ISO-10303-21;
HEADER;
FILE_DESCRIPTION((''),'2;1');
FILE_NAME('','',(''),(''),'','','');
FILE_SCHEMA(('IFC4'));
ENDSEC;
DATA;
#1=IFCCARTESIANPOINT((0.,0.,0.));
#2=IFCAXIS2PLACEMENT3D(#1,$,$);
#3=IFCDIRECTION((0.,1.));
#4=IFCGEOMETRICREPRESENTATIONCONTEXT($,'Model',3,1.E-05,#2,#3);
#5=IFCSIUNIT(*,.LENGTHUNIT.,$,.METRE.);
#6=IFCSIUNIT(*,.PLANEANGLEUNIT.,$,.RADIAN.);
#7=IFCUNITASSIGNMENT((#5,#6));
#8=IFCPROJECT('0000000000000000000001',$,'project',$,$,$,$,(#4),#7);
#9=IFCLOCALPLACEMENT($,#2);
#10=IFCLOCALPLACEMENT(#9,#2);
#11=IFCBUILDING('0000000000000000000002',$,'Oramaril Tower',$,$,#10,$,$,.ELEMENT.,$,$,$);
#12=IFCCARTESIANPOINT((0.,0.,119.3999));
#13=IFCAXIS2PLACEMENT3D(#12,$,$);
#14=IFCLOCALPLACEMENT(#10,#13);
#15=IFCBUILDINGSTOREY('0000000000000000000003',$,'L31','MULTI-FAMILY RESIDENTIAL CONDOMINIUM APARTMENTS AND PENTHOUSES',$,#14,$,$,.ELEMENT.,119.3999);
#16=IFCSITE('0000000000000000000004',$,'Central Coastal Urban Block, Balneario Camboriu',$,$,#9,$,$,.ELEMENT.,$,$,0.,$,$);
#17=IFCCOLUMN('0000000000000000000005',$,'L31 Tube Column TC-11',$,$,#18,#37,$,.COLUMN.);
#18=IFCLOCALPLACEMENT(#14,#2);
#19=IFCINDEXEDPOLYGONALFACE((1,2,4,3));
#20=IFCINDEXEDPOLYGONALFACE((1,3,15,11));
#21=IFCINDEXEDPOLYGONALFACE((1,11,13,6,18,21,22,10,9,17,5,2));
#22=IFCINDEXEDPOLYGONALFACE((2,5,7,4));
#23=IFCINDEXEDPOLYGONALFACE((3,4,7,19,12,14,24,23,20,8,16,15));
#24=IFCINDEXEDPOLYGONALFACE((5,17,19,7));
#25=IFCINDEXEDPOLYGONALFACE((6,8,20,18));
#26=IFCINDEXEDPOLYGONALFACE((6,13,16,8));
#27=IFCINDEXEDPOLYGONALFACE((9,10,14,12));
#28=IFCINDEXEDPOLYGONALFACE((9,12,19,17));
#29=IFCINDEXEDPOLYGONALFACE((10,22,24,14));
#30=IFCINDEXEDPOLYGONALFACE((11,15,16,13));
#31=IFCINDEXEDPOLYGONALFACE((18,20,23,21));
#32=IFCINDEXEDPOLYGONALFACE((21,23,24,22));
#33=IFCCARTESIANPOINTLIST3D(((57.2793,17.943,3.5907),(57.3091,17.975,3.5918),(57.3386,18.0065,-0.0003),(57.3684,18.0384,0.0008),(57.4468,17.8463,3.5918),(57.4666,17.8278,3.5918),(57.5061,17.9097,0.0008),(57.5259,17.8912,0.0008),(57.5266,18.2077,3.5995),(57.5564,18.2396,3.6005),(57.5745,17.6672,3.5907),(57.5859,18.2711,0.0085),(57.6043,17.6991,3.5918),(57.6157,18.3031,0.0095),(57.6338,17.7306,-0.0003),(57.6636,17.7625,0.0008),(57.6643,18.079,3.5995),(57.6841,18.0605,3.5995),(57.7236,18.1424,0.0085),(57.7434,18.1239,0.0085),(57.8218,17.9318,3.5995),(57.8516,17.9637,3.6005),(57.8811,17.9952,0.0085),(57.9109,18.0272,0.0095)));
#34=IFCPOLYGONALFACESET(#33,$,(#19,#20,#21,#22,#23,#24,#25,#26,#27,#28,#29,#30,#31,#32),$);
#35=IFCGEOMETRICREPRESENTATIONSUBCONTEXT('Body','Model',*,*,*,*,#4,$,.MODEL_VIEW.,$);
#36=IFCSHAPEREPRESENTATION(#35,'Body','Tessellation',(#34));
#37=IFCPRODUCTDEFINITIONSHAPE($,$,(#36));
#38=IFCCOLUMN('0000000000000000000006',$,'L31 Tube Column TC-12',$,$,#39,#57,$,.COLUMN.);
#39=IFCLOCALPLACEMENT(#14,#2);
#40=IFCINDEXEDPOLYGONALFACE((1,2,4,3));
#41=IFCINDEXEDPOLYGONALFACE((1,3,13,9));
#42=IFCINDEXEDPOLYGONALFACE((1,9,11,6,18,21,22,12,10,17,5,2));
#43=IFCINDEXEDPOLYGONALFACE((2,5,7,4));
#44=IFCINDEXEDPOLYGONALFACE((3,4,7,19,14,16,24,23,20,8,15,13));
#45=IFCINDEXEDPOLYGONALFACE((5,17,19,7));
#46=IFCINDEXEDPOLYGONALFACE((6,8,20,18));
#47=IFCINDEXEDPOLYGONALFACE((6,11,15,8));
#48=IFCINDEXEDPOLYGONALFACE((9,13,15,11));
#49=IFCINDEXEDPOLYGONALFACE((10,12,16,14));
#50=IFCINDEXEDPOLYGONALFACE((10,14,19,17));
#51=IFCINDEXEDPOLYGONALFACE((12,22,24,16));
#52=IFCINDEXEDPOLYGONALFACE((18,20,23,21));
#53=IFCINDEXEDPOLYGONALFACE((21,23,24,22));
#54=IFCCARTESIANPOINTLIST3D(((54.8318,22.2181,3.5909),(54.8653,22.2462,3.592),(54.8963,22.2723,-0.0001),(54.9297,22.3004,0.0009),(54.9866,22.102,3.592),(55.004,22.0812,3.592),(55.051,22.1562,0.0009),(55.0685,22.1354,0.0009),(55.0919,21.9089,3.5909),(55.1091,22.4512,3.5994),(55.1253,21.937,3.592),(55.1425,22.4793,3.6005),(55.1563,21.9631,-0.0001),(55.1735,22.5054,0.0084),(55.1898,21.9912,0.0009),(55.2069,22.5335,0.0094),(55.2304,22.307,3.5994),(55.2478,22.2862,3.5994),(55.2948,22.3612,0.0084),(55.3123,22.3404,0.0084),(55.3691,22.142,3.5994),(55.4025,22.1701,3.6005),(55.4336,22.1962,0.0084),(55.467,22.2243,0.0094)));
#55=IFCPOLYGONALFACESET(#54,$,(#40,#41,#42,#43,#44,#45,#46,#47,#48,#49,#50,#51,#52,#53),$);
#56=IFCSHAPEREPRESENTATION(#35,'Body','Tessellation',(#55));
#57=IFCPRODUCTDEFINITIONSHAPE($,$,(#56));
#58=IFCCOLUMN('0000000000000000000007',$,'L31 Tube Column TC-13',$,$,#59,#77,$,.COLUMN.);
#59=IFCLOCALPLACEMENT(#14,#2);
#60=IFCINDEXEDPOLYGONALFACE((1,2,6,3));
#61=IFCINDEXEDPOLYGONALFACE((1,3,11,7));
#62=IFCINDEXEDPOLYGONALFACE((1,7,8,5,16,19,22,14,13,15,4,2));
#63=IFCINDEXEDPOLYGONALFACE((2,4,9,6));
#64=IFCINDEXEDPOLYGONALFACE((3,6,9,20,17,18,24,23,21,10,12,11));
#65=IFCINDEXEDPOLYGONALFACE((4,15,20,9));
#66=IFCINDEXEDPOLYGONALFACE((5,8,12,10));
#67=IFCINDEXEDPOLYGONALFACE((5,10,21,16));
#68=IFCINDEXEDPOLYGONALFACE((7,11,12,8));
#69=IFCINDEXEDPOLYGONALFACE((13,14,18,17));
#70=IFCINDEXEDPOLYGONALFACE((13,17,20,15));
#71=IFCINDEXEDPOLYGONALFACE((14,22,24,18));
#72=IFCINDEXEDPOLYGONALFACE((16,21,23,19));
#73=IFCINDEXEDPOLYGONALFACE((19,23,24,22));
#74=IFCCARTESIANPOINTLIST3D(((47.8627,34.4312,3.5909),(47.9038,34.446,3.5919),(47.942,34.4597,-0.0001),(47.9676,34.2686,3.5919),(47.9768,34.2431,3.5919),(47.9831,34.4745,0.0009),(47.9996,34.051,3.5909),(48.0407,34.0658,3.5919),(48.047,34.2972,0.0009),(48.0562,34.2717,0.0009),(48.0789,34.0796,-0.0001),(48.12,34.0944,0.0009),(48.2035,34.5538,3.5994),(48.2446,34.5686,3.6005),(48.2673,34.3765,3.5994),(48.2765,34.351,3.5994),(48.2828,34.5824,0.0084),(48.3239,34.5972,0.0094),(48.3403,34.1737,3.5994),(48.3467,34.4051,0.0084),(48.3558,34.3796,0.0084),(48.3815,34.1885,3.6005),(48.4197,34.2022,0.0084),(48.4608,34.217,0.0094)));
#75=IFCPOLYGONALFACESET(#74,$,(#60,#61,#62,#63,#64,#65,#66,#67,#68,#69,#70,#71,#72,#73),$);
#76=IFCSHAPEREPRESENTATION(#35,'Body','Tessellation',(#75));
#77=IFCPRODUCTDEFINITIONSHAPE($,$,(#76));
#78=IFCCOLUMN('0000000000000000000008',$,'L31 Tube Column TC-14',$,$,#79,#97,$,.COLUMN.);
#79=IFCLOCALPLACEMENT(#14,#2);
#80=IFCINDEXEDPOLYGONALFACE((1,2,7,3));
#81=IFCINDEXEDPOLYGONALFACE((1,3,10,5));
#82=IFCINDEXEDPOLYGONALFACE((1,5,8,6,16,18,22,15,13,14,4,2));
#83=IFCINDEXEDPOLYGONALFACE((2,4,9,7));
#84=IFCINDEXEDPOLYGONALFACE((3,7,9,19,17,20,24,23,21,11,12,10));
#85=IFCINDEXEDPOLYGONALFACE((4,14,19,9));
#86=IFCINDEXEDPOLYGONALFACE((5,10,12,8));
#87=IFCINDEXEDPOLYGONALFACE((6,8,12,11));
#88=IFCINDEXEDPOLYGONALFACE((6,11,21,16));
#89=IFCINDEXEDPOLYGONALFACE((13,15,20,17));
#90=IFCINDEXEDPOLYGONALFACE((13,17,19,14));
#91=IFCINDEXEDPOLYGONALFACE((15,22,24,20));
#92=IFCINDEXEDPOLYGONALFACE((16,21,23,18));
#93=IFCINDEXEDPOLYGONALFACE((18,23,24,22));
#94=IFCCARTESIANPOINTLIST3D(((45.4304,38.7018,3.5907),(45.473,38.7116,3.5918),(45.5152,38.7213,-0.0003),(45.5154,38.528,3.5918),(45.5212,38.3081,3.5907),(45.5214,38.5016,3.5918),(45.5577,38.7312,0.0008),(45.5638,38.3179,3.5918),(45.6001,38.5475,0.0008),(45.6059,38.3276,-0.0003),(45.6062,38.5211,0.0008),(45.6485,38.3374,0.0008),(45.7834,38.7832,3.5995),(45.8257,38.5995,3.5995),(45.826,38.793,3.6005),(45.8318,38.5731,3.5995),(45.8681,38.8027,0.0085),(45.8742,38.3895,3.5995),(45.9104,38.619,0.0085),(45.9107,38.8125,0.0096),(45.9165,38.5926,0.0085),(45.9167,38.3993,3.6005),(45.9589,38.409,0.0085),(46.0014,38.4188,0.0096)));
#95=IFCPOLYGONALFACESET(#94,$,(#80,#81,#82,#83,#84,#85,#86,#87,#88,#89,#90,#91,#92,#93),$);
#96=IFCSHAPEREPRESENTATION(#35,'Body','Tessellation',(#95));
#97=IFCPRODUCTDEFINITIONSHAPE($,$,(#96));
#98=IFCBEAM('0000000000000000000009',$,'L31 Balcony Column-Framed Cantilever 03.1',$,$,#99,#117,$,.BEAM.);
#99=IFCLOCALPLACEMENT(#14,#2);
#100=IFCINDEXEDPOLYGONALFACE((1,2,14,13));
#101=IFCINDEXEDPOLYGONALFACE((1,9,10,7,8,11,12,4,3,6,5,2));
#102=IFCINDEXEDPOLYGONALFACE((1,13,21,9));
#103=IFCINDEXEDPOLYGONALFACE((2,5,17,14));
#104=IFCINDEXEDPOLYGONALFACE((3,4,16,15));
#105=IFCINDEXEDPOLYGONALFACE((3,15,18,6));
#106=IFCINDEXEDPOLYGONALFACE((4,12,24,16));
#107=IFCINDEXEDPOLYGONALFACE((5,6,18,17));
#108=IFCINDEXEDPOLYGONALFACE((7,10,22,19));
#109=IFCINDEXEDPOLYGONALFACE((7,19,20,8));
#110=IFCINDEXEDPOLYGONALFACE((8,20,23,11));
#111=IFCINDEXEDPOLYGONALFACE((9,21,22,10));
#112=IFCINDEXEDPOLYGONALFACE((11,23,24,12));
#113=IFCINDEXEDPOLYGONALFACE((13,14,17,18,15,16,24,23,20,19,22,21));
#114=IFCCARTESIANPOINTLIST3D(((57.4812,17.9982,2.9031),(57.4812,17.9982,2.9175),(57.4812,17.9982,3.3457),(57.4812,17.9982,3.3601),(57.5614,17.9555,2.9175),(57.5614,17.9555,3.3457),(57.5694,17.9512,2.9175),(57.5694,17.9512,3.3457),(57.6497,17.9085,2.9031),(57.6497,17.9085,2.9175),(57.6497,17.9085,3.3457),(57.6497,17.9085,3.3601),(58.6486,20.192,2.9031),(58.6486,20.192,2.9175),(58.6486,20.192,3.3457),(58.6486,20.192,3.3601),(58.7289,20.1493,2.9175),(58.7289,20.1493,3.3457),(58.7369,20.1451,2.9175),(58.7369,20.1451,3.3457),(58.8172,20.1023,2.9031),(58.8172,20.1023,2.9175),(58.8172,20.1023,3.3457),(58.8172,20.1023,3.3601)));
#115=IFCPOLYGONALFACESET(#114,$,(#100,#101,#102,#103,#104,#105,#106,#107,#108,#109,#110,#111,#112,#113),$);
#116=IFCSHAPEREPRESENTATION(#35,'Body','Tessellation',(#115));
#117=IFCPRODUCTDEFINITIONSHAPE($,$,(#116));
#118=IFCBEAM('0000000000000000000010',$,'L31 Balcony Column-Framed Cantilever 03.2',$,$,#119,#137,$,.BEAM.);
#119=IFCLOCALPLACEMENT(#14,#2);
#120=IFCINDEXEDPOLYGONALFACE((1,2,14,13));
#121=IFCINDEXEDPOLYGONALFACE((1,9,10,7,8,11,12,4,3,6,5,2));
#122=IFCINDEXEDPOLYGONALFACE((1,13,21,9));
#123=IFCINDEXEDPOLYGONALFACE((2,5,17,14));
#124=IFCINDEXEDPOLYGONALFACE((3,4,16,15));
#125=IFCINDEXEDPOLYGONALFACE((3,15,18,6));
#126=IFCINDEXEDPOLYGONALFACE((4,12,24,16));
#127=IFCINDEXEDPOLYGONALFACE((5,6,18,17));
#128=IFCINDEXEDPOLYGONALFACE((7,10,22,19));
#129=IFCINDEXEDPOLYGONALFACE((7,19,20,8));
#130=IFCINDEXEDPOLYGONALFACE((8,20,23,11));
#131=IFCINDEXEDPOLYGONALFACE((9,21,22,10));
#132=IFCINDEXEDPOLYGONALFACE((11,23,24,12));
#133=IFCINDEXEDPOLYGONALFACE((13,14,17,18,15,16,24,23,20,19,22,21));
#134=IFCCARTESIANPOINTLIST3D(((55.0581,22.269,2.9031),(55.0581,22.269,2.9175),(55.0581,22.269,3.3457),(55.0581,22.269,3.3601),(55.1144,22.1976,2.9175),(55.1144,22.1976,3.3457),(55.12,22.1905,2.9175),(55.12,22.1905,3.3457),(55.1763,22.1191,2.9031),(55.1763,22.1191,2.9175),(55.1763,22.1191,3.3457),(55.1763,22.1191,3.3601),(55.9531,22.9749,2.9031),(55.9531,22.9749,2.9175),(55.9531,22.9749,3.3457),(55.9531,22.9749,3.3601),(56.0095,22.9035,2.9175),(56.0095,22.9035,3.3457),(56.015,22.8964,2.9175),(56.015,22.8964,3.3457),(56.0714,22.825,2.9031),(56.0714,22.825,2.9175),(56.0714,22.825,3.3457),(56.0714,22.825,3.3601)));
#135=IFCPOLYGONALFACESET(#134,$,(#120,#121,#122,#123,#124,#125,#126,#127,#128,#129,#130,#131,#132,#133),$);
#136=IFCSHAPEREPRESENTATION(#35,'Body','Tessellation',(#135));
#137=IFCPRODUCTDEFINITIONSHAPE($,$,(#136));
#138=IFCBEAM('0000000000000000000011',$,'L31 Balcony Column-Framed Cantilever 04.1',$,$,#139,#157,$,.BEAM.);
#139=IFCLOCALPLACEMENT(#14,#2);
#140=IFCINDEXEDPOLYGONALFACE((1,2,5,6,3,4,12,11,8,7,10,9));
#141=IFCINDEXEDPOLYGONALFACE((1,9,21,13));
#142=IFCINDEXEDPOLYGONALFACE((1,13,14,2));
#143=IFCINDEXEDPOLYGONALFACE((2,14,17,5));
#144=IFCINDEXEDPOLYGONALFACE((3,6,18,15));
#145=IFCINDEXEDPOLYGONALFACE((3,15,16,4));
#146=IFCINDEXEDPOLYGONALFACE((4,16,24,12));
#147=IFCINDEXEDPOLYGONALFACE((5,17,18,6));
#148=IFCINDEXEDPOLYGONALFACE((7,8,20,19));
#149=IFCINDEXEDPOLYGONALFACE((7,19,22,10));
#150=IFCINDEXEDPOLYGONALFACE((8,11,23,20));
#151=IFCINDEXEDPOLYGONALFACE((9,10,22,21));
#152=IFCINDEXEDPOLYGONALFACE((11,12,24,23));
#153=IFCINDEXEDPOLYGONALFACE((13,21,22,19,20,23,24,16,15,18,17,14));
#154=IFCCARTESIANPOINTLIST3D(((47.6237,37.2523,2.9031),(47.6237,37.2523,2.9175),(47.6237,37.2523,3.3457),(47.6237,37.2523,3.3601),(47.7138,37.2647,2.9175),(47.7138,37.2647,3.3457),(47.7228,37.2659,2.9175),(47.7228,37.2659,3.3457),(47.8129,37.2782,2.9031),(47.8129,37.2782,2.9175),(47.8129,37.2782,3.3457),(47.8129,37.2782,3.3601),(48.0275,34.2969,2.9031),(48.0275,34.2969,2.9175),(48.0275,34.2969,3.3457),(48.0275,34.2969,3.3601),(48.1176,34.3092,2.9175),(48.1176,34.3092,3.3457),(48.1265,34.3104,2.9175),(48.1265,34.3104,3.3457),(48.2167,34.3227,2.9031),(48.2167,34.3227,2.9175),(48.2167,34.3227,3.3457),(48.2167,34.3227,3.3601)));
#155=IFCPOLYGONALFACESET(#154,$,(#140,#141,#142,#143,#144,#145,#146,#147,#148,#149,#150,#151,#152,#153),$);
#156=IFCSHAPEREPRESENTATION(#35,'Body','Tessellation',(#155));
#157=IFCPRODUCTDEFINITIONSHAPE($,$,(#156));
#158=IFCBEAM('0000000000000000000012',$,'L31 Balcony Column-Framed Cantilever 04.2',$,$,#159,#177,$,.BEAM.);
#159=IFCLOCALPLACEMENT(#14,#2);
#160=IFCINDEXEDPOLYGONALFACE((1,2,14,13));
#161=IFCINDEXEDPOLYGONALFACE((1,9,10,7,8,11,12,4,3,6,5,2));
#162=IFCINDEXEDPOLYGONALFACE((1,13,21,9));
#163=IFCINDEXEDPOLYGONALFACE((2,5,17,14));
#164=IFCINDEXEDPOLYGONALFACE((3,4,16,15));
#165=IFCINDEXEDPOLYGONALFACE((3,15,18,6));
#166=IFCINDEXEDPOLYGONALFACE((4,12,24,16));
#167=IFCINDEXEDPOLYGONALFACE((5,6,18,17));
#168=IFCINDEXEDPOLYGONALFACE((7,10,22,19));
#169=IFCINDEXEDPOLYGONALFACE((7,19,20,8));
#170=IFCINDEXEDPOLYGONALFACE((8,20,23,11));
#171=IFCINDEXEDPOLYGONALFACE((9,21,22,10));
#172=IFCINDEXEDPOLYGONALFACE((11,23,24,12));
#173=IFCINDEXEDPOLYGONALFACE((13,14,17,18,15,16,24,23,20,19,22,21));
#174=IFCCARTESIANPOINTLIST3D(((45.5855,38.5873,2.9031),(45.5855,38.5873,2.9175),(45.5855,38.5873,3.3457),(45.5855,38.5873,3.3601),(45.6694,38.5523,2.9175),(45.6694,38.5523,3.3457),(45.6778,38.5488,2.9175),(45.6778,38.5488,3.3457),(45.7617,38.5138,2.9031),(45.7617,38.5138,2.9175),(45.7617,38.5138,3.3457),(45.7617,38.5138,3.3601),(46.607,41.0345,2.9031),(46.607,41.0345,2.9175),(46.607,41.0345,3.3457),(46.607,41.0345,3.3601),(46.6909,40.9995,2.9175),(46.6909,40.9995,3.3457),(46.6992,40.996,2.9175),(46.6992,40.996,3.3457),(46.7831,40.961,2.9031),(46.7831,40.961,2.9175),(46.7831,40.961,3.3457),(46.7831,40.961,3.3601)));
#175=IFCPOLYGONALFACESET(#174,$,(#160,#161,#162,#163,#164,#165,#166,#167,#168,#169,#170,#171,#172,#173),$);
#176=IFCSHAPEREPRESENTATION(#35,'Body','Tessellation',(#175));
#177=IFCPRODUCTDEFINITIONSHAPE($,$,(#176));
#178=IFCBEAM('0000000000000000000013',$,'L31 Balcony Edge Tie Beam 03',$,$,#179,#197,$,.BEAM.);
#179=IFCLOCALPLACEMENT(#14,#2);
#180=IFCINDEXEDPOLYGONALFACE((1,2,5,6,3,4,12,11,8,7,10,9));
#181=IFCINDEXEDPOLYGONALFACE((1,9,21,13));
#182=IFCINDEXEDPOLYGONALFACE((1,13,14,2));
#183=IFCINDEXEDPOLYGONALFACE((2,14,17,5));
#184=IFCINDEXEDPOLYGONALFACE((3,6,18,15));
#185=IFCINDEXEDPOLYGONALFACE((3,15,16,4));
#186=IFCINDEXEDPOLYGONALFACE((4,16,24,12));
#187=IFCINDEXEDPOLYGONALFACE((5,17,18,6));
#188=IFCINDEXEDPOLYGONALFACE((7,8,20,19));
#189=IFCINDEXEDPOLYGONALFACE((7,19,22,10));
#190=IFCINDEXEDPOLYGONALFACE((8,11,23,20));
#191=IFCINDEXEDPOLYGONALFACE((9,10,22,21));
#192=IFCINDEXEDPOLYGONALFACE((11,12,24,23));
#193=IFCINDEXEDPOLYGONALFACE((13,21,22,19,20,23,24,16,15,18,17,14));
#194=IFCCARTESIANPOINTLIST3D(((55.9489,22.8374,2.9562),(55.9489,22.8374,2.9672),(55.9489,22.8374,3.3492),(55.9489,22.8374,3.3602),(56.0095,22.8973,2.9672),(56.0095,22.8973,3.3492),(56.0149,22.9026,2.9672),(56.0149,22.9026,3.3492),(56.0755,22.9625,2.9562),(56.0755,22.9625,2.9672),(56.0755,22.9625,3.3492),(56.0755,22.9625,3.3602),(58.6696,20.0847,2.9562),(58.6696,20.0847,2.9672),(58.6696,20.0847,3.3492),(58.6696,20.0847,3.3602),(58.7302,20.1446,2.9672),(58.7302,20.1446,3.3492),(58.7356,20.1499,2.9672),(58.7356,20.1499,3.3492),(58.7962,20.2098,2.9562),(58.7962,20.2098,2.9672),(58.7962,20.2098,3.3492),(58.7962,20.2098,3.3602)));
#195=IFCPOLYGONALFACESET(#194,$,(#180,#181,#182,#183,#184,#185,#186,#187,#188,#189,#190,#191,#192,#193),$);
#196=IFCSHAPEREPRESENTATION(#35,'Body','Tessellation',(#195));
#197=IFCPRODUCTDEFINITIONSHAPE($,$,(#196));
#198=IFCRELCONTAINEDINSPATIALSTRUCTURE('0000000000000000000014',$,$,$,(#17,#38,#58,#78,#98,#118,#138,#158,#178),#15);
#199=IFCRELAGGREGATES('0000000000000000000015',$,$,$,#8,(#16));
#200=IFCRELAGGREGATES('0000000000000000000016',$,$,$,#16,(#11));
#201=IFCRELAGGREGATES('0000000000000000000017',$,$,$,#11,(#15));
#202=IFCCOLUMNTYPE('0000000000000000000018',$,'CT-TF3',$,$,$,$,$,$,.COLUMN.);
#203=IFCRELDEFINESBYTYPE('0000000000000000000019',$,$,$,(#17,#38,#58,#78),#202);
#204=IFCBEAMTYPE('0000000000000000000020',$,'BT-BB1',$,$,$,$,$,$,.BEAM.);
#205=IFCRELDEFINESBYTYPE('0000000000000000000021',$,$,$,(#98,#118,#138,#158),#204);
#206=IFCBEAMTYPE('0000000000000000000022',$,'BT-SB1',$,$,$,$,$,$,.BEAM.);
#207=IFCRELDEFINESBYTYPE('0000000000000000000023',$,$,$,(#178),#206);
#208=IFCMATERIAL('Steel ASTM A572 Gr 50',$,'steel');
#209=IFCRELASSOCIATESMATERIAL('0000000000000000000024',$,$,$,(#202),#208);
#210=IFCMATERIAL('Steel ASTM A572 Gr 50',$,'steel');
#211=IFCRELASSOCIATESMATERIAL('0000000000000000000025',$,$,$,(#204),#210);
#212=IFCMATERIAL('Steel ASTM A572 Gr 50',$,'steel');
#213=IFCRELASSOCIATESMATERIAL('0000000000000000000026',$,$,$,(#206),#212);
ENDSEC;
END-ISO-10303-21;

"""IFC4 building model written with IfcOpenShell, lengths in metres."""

from ifc_helpers import new_model, si_unit, direction, frame, origin, origin_2d, place, context, subcontext, project, spatial, i_section, extrude, material, material_profile, profile_set, type_object, element, save


model = new_model("IFC4")

# Units and contexts
model_context = context("Model", 3, precision=1e-05, world=origin(), true_north=direction((0.0, 1.0)))
body_context = subcontext(model_context, "Body", "Model", "MODEL_VIEW")
ifc_project = project(units=[si_unit("LENGTHUNIT", "METRE"), si_unit("PLANEANGLEUNIT", "RADIAN")], contexts=[model_context])

# Site, building, storey
site_placement = place(None, origin())
site = spatial("IfcSite", under=ifc_project, at=site_placement, Name="Central Coastal Urban Block, Balneario Camboriu", CompositionType="ELEMENT", RefElevation=0.0)
building_placement = place(site_placement, origin())
building = spatial("IfcBuilding", under=site, at=building_placement, Name="Oramaril Tower", CompositionType="ELEMENT")
storey_placement = place(building_placement, frame((0.0, 0.0, 119.3999)))
storey = spatial("IfcBuildingStorey", under=building, at=storey_placement, Name="L31", Description="MULTI-FAMILY RESIDENTIAL CONDOMINIUM APARTMENTS AND PENTHOUSES", CompositionType="ELEMENT", Elevation=119.3999)

# Columns
ifc_material_1 = material(Name="Steel ASTM A572 Gr 50", Category="steel")
ifc_material_profile_1 = material_profile(ifc_material_1, i_section(OverallWidth=0.4041, OverallDepth=0.406, WebThickness=0.0271, FlangeThickness=0.0437, at=origin_2d()), Name="W14X233")
ifc_profile_set_1 = profile_set([ifc_material_profile_1], Name="Steel ASTM A572 Gr 50")
column_type = type_object("IfcColumnType", Name="CT-TF3", PredefinedType="COLUMN", material=ifc_profile_set_1)
for number, where, z_axis, x_axis, name in (
    (1, (57.6248, 18.0168, 0.0046), (-0.016516, -0.017671, 0.999707), (0.730588, -0.682819, 0.0), "L31 Tube Column TC-11"),
    (2, (55.1816, 22.2483, 0.0046), (-0.017943, -0.015089, 0.999725), (0.6436, -0.765362, 0.0), "L31 Tube Column TC-12"),
    (3, (48.2014, 34.3384, 0.0046), (-0.022089, -0.007952, 0.999724), (0.338719, -0.940887, 0.0), "L31 Tube Column TC-13"),
    (4, (45.7583, 38.5701, 0.0046), (-0.023584, -0.005437, 0.999707), (0.224654, -0.974439, 0.0), "L31 Tube Column TC-14"),
):
    element("IfcColumn", number, at=place(storey_placement, frame(where, z_axis=z_axis, x_axis=x_axis)), inside=storey, type_object=column_type, Name=name, PredefinedType="COLUMN", context=body_context, shape_type="SweptSolid", body=[
        extrude(i_section(OverallWidth=0.4041, OverallDepth=0.406, WebThickness=0.0271, FlangeThickness=0.0437, at=origin_2d()), origin(), (0.0, 0.0, 1.0), 3.592),
    ])

# Beams
ifc_material_2 = material(Name="Steel ASTM A572 Gr 50", Category="steel")
ifc_material_profile_2 = material_profile(ifc_material_2, i_section(OverallWidth=0.1909, OverallDepth=0.457, WebThickness=0.009, FlangeThickness=0.0144, at=origin_2d()), Name="W18X50")
ifc_profile_set_2 = profile_set([ifc_material_profile_2], Name="Steel ASTM A572 Gr 50")
beam_type_1 = type_object("IfcBeamType", Name="BT-BB1", PredefinedType="BEAM", material=ifc_profile_set_2)
beam_1_placement = place(storey_placement, frame((57.5654, 17.9534, 3.1316), z_axis=(0.469782, 0.882782, 0.0), x_axis=(-0.882782, 0.469782, 0.0)))
element("IfcBeam", 5, at=beam_1_placement, inside=storey, type_object=beam_type_1, Name="L31 Balcony Column-Framed Cantilever 03.1", PredefinedType="BEAM", context=body_context, shape_type="SweptSolid", body=[
    extrude(i_section(OverallWidth=0.1909, OverallDepth=0.457, WebThickness=0.009, FlangeThickness=0.0144, at=origin_2d()), origin(), (0.0, 0.0, 1.0), 2.4851),
])
beam_2_placement = place(storey_placement, frame((55.1172, 22.1941, 3.1316), z_axis=(0.785217, 0.619221, 0.0), x_axis=(-0.619221, 0.785217, 0.0)))
element("IfcBeam", 6, at=beam_2_placement, inside=storey, type_object=beam_type_1, Name="L31 Balcony Column-Framed Cantilever 03.2", PredefinedType="BEAM", context=body_context, shape_type="SweptSolid", body=[
    extrude(i_section(OverallWidth=0.1909, OverallDepth=0.457, WebThickness=0.009, FlangeThickness=0.0144, at=origin_2d()), origin(), (0.0, 0.0, 1.0), 1.1399),
])
beam_3_placement = place(storey_placement, frame((48.1221, 34.3098, 3.1316), z_axis=(-0.135369, 0.990795, 0.0), x_axis=(-0.990795, -0.135369, 0.0)))
element("IfcBeam", 7, at=beam_3_placement, inside=storey, type_object=beam_type_1, Name="L31 Balcony Column-Framed Cantilever 04.1", PredefinedType="BEAM", context=body_context, shape_type="SweptSolid", body=[
    extrude(i_section(OverallWidth=0.1909, OverallDepth=0.457, WebThickness=0.009, FlangeThickness=0.0144, at=origin_2d()), origin(), (0.0, 0.0, 1.0), 2.9829),
])
beam_4_placement = place(storey_placement, frame((45.6736, 38.5505, 3.1316), z_axis=(0.385191, 0.922837, 0.0), x_axis=(-0.922837, 0.385191, 0.0)))
element("IfcBeam", 8, at=beam_4_placement, inside=storey, type_object=beam_type_1, Name="L31 Balcony Column-Framed Cantilever 04.2", PredefinedType="BEAM", context=body_context, shape_type="SweptSolid", body=[
    extrude(i_section(OverallWidth=0.1909, OverallDepth=0.457, WebThickness=0.009, FlangeThickness=0.0144, at=origin_2d()), origin(), (0.0, 0.0, 1.0), 2.6519),
])
ifc_material_3 = material(Name="Steel ASTM A572 Gr 50", Category="steel")
ifc_material_profile_3 = material_profile(ifc_material_3, i_section(OverallWidth=0.178, OverallDepth=0.4041, WebThickness=0.0076, FlangeThickness=0.011, at=origin_2d()), Name="W16X36")
ifc_profile_set_3 = profile_set([ifc_material_profile_3], Name="Steel ASTM A572 Gr 50")
beam_type_2 = type_object("IfcBeamType", Name="BT-SB1", PredefinedType="BEAM", material=ifc_profile_set_3)
beam_5_placement = place(storey_placement, frame((58.7329, 20.1472, 3.1582), z_axis=(-0.702963, 0.711226, 0.0), x_axis=(-0.711226, -0.702963, 0.0)))
element("IfcBeam", 9, at=beam_5_placement, inside=storey, type_object=beam_type_2, Name="L31 Balcony Edge Tie Beam 03", PredefinedType="BEAM", context=body_context, shape_type="SweptSolid", body=[
    extrude(i_section(OverallWidth=0.178, OverallDepth=0.4041, WebThickness=0.0076, FlangeThickness=0.011, at=origin_2d()), origin(), (0.0, 0.0, 1.0), 3.8704),
])

save(model, "model.ifc")
